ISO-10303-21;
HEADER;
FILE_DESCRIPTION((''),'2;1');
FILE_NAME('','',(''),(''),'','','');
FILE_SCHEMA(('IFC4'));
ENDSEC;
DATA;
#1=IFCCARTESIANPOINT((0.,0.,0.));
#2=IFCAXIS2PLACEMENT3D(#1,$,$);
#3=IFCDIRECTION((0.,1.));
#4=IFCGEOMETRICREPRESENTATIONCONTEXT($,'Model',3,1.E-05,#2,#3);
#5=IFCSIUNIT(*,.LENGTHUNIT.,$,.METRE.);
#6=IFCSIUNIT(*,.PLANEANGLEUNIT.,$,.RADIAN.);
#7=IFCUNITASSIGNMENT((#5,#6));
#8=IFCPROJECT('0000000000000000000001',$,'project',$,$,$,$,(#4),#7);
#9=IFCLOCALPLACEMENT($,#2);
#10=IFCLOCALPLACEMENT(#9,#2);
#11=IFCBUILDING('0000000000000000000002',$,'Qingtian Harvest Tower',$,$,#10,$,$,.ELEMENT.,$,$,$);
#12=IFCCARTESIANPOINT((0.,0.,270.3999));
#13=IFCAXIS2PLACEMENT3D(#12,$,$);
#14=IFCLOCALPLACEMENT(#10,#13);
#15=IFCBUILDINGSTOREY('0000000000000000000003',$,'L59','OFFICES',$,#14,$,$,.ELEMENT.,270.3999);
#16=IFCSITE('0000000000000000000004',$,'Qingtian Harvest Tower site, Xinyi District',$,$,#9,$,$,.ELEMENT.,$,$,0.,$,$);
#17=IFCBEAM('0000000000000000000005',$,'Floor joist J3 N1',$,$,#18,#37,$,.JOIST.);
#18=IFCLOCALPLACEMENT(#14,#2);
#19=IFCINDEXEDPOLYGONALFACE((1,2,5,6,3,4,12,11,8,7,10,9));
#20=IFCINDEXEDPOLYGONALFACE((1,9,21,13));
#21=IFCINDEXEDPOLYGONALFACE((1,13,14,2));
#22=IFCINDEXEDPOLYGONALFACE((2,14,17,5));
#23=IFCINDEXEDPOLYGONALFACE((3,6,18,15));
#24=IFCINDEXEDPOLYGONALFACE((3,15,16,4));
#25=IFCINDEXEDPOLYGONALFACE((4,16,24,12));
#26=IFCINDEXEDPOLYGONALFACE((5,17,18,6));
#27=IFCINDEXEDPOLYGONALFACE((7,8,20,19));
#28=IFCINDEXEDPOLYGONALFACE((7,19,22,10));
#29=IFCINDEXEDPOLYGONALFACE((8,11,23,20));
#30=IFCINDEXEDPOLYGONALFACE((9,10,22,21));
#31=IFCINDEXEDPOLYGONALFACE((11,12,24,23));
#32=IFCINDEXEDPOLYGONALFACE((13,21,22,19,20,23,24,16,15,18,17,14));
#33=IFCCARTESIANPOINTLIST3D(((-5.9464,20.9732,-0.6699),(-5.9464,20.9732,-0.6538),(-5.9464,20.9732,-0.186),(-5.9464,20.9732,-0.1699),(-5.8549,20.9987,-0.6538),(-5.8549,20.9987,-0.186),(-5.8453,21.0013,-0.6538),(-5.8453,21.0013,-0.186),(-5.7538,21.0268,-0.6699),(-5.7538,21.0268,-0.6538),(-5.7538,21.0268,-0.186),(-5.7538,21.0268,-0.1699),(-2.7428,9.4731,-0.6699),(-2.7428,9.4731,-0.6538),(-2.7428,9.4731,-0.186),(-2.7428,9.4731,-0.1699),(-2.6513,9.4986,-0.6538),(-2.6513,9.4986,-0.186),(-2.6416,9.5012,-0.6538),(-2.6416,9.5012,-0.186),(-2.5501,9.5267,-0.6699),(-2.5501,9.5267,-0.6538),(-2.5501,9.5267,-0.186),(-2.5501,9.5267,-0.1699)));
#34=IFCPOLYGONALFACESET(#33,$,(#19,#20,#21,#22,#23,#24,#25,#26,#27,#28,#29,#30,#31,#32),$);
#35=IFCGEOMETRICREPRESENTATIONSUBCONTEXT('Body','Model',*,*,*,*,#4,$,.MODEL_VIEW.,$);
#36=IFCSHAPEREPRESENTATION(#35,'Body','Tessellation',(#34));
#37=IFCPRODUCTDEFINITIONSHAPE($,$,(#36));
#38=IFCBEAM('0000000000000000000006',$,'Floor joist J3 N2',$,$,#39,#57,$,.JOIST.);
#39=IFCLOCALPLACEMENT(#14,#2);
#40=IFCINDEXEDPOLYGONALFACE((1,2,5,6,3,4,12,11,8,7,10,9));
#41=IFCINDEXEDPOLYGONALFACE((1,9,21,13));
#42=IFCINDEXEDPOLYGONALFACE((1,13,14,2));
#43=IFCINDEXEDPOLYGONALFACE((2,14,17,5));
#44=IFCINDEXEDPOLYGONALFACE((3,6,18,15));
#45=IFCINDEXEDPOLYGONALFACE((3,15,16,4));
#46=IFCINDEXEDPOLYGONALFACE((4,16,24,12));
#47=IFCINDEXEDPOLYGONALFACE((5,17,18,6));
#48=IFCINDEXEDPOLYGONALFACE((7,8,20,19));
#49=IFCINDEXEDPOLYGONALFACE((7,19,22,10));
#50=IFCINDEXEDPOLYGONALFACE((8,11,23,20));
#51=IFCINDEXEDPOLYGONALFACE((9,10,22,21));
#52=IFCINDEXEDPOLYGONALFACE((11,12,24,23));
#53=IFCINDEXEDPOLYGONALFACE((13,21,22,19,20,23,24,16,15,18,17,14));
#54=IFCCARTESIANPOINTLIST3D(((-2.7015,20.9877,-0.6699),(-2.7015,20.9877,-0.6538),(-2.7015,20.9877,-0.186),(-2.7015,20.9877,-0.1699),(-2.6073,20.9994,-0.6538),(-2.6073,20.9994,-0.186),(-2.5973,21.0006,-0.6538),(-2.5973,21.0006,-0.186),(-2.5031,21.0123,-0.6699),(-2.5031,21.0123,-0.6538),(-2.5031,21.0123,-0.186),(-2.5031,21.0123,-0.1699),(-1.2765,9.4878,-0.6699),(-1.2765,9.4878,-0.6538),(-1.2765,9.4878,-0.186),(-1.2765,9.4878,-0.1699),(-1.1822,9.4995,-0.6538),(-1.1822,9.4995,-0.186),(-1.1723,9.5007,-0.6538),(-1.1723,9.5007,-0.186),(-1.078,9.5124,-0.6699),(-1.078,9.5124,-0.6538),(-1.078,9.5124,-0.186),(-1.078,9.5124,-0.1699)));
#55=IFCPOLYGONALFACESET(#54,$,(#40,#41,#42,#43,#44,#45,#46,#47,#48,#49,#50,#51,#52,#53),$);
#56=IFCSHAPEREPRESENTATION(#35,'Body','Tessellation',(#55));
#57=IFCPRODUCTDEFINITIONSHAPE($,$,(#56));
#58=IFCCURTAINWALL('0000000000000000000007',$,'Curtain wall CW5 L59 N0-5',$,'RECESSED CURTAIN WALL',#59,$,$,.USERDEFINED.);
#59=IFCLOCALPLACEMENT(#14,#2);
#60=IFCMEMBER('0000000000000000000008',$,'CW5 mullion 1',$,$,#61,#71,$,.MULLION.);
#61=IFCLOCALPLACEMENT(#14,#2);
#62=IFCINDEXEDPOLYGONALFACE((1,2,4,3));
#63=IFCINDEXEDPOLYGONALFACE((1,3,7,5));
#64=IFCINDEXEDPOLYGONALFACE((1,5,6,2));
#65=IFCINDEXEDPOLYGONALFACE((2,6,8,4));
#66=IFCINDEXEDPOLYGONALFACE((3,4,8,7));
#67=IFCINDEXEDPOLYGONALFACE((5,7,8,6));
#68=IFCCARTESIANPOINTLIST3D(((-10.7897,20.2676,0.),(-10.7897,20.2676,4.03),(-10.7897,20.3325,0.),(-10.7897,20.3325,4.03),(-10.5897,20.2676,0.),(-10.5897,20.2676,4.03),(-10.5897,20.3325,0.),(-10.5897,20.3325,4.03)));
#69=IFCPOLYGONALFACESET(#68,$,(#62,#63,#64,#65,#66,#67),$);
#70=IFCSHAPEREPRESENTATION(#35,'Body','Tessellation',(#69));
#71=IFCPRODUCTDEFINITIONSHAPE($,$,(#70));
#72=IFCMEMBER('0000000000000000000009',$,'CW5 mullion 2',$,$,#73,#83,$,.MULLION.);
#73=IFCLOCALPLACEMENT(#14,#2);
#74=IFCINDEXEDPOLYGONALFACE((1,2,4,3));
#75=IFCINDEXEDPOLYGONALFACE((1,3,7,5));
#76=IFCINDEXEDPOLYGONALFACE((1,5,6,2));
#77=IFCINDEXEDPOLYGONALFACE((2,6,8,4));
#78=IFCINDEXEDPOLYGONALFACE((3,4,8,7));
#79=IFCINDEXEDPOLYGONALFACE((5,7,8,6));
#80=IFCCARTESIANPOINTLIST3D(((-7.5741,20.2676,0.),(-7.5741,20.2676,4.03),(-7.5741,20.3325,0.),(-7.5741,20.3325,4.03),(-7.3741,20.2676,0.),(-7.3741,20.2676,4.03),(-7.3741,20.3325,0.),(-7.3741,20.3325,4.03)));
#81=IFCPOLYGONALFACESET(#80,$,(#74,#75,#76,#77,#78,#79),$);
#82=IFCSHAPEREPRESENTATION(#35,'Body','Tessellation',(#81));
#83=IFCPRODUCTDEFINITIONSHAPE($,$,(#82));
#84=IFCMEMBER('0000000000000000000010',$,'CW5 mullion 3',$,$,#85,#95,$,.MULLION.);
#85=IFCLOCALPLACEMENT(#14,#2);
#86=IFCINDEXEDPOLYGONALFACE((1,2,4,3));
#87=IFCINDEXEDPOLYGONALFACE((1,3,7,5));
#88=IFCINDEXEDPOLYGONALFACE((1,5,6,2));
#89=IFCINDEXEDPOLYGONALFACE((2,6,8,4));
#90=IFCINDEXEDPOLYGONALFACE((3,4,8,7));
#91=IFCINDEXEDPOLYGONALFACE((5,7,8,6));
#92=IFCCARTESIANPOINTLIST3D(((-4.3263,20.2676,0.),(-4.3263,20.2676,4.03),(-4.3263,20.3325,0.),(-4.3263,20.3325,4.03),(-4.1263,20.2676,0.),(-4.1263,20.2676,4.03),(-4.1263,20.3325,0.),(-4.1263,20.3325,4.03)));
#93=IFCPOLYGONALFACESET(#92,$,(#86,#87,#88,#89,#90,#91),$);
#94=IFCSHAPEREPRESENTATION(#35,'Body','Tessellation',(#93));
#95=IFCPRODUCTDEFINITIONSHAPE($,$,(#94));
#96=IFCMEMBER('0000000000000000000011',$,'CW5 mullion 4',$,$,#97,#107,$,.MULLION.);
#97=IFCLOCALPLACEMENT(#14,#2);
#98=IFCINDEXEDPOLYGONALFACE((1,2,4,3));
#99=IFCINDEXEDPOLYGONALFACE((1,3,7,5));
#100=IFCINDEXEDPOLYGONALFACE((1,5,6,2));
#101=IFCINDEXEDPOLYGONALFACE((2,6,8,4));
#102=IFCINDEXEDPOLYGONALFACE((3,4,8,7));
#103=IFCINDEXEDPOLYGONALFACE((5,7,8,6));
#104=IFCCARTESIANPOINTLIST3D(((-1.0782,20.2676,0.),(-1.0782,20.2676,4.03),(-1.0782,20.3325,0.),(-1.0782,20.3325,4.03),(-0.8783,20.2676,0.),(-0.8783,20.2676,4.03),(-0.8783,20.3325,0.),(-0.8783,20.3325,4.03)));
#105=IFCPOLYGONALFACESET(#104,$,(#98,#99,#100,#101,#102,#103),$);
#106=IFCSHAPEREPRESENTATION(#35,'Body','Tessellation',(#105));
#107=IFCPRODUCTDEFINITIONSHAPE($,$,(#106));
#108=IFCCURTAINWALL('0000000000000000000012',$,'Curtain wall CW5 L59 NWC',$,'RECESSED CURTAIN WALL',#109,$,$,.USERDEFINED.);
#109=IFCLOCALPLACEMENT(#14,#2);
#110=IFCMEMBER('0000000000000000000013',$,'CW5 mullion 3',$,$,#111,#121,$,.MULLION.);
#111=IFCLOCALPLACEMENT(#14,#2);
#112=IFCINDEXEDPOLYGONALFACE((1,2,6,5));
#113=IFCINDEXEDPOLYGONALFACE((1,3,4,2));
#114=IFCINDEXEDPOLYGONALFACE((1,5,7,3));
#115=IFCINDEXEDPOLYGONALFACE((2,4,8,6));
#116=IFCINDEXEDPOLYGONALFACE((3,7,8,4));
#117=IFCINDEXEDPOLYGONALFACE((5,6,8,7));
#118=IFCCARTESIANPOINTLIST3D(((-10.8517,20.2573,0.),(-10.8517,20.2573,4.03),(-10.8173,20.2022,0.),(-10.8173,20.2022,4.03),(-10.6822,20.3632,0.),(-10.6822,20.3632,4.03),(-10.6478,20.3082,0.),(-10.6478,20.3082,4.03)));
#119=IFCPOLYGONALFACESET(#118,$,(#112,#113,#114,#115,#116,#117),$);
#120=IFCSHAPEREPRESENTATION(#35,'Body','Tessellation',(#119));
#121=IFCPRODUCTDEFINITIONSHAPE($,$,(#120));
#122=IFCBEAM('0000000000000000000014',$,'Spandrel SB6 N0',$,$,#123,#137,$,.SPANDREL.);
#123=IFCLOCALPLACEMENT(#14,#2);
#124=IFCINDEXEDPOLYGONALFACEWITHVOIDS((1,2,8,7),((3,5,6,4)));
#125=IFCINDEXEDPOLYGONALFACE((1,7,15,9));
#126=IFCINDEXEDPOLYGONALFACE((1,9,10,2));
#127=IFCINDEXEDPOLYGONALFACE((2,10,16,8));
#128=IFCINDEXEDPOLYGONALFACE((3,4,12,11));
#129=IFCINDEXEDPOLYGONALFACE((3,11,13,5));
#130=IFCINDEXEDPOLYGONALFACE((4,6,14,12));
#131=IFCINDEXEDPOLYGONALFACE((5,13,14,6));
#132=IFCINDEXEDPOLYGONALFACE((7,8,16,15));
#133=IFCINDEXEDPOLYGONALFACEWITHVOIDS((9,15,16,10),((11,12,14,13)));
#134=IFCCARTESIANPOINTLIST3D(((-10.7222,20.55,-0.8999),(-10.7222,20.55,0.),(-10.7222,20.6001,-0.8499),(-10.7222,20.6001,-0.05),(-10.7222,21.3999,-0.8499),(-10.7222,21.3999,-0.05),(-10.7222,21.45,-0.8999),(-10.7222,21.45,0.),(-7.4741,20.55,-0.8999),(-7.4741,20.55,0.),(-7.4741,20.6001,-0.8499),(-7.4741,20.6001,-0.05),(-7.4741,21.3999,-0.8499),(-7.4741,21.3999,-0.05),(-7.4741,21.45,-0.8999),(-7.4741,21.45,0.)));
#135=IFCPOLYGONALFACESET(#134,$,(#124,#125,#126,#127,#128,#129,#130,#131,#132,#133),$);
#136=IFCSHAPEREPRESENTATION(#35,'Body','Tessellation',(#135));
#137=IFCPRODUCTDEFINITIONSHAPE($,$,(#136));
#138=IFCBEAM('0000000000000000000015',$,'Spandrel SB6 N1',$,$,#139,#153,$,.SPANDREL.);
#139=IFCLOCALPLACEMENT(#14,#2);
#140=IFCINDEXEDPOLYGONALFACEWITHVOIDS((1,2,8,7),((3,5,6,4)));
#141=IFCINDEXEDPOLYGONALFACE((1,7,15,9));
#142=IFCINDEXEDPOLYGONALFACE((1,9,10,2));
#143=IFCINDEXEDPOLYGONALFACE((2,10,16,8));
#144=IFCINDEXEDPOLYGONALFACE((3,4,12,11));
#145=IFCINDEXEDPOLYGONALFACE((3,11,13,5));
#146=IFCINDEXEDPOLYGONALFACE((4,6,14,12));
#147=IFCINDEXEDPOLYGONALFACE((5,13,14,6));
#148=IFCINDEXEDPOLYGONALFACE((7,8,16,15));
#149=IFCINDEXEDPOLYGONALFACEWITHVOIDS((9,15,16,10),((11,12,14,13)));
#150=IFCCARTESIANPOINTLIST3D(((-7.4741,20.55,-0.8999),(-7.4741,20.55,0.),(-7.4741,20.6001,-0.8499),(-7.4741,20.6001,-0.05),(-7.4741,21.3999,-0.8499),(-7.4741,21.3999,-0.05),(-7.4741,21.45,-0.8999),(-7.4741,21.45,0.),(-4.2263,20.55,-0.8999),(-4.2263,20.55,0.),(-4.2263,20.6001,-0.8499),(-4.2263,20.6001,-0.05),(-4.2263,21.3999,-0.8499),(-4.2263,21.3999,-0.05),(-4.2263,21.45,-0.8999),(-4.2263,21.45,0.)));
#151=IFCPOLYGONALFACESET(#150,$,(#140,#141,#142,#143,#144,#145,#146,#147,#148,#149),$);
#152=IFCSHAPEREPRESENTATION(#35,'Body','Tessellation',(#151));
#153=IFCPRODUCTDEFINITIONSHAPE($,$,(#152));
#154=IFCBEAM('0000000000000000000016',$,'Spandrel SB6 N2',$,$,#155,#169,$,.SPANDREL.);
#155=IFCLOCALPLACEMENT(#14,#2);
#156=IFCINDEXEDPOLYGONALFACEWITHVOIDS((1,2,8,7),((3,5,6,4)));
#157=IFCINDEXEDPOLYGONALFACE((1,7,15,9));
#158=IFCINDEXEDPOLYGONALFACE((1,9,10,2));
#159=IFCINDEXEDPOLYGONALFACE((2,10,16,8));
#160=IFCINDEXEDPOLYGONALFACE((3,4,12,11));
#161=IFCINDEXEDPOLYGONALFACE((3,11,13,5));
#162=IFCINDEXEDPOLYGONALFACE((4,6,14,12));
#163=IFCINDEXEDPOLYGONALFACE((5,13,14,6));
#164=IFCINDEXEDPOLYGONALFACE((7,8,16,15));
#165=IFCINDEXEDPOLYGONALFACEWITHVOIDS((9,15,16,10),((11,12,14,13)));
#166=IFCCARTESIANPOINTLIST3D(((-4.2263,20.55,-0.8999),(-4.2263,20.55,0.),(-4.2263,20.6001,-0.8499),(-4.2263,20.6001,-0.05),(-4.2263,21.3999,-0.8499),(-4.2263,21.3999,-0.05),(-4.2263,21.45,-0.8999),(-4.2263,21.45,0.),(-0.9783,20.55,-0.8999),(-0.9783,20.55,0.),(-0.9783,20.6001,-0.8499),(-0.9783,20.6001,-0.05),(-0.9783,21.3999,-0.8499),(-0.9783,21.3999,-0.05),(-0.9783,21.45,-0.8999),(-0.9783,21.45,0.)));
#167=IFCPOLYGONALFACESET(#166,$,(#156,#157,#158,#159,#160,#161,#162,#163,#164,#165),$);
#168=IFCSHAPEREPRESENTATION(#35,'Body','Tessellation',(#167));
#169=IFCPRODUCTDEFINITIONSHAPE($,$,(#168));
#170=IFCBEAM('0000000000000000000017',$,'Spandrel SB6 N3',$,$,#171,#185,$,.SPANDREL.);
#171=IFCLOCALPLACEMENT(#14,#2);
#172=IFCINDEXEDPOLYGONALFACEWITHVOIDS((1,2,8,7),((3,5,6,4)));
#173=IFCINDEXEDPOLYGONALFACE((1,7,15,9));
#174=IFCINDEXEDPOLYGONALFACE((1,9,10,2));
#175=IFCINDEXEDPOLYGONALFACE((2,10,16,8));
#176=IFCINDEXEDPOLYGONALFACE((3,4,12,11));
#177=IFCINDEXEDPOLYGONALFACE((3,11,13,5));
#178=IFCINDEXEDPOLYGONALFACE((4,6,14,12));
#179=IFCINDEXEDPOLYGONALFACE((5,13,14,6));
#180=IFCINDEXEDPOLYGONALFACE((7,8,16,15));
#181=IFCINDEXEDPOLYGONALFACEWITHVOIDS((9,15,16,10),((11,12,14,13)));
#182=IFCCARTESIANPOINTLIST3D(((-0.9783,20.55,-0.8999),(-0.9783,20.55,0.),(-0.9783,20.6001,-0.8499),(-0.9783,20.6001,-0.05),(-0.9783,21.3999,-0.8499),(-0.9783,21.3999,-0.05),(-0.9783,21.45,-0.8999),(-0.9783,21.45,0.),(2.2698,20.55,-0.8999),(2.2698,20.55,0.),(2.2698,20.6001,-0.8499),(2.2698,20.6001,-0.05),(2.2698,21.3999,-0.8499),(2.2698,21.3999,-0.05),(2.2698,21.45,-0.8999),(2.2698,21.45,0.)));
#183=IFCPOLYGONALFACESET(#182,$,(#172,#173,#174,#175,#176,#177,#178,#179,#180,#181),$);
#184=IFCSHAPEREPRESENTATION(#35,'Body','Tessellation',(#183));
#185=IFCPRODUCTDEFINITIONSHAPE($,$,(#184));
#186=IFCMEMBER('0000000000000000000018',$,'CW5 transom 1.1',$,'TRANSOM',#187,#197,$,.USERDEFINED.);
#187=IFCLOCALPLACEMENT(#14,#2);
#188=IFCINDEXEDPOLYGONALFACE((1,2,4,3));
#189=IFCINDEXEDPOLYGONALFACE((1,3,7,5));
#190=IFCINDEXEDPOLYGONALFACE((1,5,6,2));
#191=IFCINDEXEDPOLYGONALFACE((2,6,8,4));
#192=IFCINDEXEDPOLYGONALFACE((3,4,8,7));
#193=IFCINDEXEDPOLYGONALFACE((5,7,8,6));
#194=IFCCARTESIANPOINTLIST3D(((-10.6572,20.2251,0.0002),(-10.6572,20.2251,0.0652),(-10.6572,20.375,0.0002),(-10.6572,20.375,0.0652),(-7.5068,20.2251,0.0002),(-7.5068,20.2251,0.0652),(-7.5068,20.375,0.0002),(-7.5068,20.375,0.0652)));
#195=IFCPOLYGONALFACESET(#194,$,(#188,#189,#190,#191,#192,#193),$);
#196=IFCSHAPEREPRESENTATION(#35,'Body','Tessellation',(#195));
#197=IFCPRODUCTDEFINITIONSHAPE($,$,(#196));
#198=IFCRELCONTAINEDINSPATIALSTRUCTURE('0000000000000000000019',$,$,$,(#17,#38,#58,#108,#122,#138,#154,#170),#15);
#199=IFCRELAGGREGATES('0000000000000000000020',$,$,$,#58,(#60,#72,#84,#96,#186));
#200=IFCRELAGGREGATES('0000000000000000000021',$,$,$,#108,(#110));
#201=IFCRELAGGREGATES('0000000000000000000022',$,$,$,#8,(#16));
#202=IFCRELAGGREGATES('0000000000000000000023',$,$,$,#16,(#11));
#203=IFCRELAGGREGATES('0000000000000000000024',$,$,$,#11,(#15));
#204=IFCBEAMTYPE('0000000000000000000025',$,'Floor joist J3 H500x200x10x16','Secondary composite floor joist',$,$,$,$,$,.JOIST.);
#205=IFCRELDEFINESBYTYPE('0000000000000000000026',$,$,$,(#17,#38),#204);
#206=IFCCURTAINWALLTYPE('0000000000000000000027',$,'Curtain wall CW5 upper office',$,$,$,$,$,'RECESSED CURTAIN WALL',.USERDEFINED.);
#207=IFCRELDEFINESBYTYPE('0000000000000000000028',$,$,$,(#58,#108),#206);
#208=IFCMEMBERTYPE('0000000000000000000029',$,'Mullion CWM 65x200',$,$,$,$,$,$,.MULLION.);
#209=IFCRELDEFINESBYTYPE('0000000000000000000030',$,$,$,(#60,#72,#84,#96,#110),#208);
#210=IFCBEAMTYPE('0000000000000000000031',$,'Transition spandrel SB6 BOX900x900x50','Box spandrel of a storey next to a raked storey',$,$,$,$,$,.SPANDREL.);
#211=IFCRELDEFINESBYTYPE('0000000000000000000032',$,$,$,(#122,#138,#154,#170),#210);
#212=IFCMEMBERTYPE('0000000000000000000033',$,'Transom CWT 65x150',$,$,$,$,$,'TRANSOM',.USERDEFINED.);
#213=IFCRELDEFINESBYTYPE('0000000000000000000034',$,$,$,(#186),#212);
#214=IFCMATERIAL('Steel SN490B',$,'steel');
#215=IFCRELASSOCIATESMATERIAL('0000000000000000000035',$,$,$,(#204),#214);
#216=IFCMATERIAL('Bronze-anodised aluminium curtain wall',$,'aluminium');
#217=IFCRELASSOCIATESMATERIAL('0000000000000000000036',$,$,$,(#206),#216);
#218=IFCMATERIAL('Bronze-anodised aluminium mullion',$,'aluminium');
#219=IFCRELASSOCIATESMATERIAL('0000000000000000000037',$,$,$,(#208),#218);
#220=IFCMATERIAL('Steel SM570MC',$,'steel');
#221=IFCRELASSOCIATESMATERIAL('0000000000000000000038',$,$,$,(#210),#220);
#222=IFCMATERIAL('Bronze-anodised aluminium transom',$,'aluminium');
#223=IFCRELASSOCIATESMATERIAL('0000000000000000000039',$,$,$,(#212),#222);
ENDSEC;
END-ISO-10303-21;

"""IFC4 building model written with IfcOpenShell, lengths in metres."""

from ifc_helpers import new_model, si_unit, direction, frame, origin, origin_2d, place, context, subcontext, project, spatial, rectangle, hollow_rectangle, i_section, extrude, material, material_profile, profile_set, type_object, element, aggregate, save


model = new_model("IFC4")

# Units and contexts
model_context = context("Model", 3, precision=1e-05, world=origin(), true_north=direction((0.0, 1.0)))
body_context = subcontext(model_context, "Body", "Model", "MODEL_VIEW")
ifc_project = project(units=[si_unit("LENGTHUNIT", "METRE"), si_unit("PLANEANGLEUNIT", "RADIAN")], contexts=[model_context])

# Site, building, storey
site_placement = place(None, origin())
site = spatial("IfcSite", under=ifc_project, at=site_placement, Name="Qingtian Harvest Tower site, Xinyi District", CompositionType="ELEMENT", RefElevation=0.0)
building_placement = place(site_placement, origin())
building = spatial("IfcBuilding", under=site, at=building_placement, Name="Qingtian Harvest Tower", CompositionType="ELEMENT")
storey_placement = place(building_placement, frame((0.0, 0.0, 270.3999)))
storey = spatial("IfcBuildingStorey", under=building, at=storey_placement, Name="L59", Description="OFFICES", CompositionType="ELEMENT", Elevation=270.3999)

# Beams
ifc_material_1 = material(Name="Steel SN490B", Category="steel")
ifc_material_profile_1 = material_profile(ifc_material_1, i_section(OverallWidth=0.2, OverallDepth=0.5, WebThickness=0.01, FlangeThickness=0.0161, at=origin_2d()), Name="H500x200x10x16")
ifc_profile_set_1 = profile_set([ifc_material_profile_1], Name="Steel SN490B")
beam_type_1 = type_object("IfcBeamType", Name="Floor joist J3 H500x200x10x16", Description="Secondary composite floor joist", PredefinedType="JOIST", material=ifc_profile_set_1)
beam_1_placement = place(storey_placement, frame((-5.8501, 21.0, -0.4199), z_axis=(0.268357, -0.96332, 0.0), x_axis=(0.96332, 0.268357, 0.0)))
element("IfcBeam", 1, at=beam_1_placement, inside=storey, type_object=beam_type_1, Name="Floor joist J3 N1", PredefinedType="JOIST", context=body_context, shape_type="SweptSolid", body=[
    extrude(i_section(OverallWidth=0.2, OverallDepth=0.5, WebThickness=0.01, FlangeThickness=0.0161, at=origin_2d()), origin(), (0.0, 0.0, 1.0), 11.938),
])
beam_2_placement = place(storey_placement, frame((-2.6023, 21.0, -0.4199), z_axis=(0.122977, -0.99241, 0.0), x_axis=(0.99241, 0.122977, 0.0)))
element("IfcBeam", 2, at=beam_2_placement, inside=storey, type_object=beam_type_1, Name="Floor joist J3 N2", PredefinedType="JOIST", context=body_context, shape_type="SweptSolid", body=[
    extrude(i_section(OverallWidth=0.2, OverallDepth=0.5, WebThickness=0.01, FlangeThickness=0.0161, at=origin_2d()), origin(), (0.0, 0.0, 1.0), 11.5879),
])

# Curtain wall, members
ifc_material_2 = material(Name="Bronze-anodised aluminium curtain wall", Category="aluminium")
curtain_wall_type = type_object("IfcCurtainWallType", Name="Curtain wall CW5 upper office", ElementType="RECESSED CURTAIN WALL", PredefinedType="USERDEFINED", material=ifc_material_2)
curtain_wall_1_placement = place(storey_placement, origin())
curtain_wall_1 = element("IfcCurtainWall", 3, at=curtain_wall_1_placement, inside=storey, type_object=curtain_wall_type, Name="Curtain wall CW5 L59 N0-5", ObjectType="RECESSED CURTAIN WALL", PredefinedType="USERDEFINED")
ifc_material_3 = material(Name="Bronze-anodised aluminium mullion", Category="aluminium")
ifc_material_profile_2 = material_profile(ifc_material_3, rectangle(XDim=0.0649, YDim=0.2, at=origin_2d()), Name="AL 65x200")
ifc_profile_set_2 = profile_set([ifc_material_profile_2], Name="Bronze-anodised aluminium mullion")
member_type_1 = type_object("IfcMemberType", Name="Mullion CWM 65x200", PredefinedType="MULLION", material=ifc_profile_set_2)
member_1_placement = place(storey_placement, frame((-10.6897, 20.3, 0.0), z_axis=(0.0, 0.0, 1.0), x_axis=(0.0, 1.0, 0.0)))
member_1 = element("IfcMember", 4, at=member_1_placement, type_object=member_type_1, Name="CW5 mullion 1", PredefinedType="MULLION", context=body_context, shape_type="SweptSolid", body=[
    extrude(rectangle(XDim=0.0649, YDim=0.2, at=origin_2d()), origin(), (0.0, 0.0, 1.0), 4.03),
])
member_2_placement = place(storey_placement, frame((-7.4741, 20.3, 0.0), z_axis=(0.0, 0.0, 1.0), x_axis=(0.0, 1.0, 0.0)))
member_2 = element("IfcMember", 5, at=member_2_placement, type_object=member_type_1, Name="CW5 mullion 2", PredefinedType="MULLION", context=body_context, shape_type="SweptSolid", body=[
    extrude(rectangle(XDim=0.0649, YDim=0.2, at=origin_2d()), origin(), (0.0, 0.0, 1.0), 4.03),
])
member_3_placement = place(storey_placement, frame((-4.2263, 20.3, 0.0), z_axis=(0.0, 0.0, 1.0), x_axis=(0.0, 1.0, 0.0)))
member_3 = element("IfcMember", 6, at=member_3_placement, type_object=member_type_1, Name="CW5 mullion 3", PredefinedType="MULLION", context=body_context, shape_type="SweptSolid", body=[
    extrude(rectangle(XDim=0.0649, YDim=0.2, at=origin_2d()), origin(), (0.0, 0.0, 1.0), 4.03),
])
member_4_placement = place(storey_placement, frame((-0.9783, 20.3, 0.0), z_axis=(0.0, 0.0, 1.0), x_axis=(0.0, 1.0, 0.0)))
member_4 = element("IfcMember", 7, at=member_4_placement, type_object=member_type_1, Name="CW5 mullion 4", PredefinedType="MULLION", context=body_context, shape_type="SweptSolid", body=[
    extrude(rectangle(XDim=0.0649, YDim=0.2, at=origin_2d()), origin(), (0.0, 0.0, 1.0), 4.03),
])

# Curtain wall, member
curtain_wall_2_placement = place(storey_placement, origin())
curtain_wall_2 = element("IfcCurtainWall", 8, at=curtain_wall_2_placement, inside=storey, type_object=curtain_wall_type, Name="Curtain wall CW5 L59 NWC", ObjectType="RECESSED CURTAIN WALL", PredefinedType="USERDEFINED")
member_5_placement = place(storey_placement, frame((-10.7498, 20.2827, 0.0), z_axis=(0.0, 0.0, 1.0), x_axis=(-0.529919, 0.848048, 0.0)))
member_5 = element("IfcMember", 9, at=member_5_placement, type_object=member_type_1, Name="CW5 mullion 3", PredefinedType="MULLION", context=body_context, shape_type="SweptSolid", body=[
    extrude(rectangle(XDim=0.0649, YDim=0.2, at=origin_2d()), origin(), (0.0, 0.0, 1.0), 4.03),
])

# Beams
ifc_material_4 = material(Name="Steel SM570MC", Category="steel")
ifc_material_profile_3 = material_profile(ifc_material_4, hollow_rectangle(XDim=0.8999, YDim=0.8999, WallThickness=0.05, at=origin_2d()), Name="BOX900x900x50")
ifc_profile_set_3 = profile_set([ifc_material_profile_3], Name="Steel SM570MC")
beam_type_2 = type_object("IfcBeamType", Name="Transition spandrel SB6 BOX900x900x50", Description="Box spandrel of a storey next to a raked storey", PredefinedType="SPANDREL", material=ifc_profile_set_3)
beam_3_placement = place(storey_placement, frame((-10.7222, 21.0, -0.45), z_axis=(1.0, 0.0, 0.0), x_axis=(0.0, 1.0, 0.0)))
element("IfcBeam", 10, at=beam_3_placement, inside=storey, type_object=beam_type_2, Name="Spandrel SB6 N0", PredefinedType="SPANDREL", context=body_context, shape_type="SweptSolid", body=[
    extrude(hollow_rectangle(XDim=0.8999, YDim=0.8999, WallThickness=0.05, at=origin_2d()), origin(), (0.0, 0.0, 1.0), 3.248),
])
beam_4_placement = place(storey_placement, frame((-7.4741, 21.0, -0.45), z_axis=(1.0, 0.0, 0.0), x_axis=(0.0, 1.0, 0.0)))
element("IfcBeam", 11, at=beam_4_placement, inside=storey, type_object=beam_type_2, Name="Spandrel SB6 N1", PredefinedType="SPANDREL", context=body_context, shape_type="SweptSolid", body=[
    extrude(hollow_rectangle(XDim=0.8999, YDim=0.8999, WallThickness=0.05, at=origin_2d()), origin(), (0.0, 0.0, 1.0), 3.2478),
])
for number, where, z_axis, x_axis, name in (
    (12, (-4.2263, 21.0, -0.45), (1.0, 0.0, 0.0), (0.0, 1.0, 0.0), "Spandrel SB6 N2"),
    (13, (-0.9783, 21.0, -0.45), (1.0, 0.0, 0.0), (0.0, 1.0, 0.0), "Spandrel SB6 N3"),
):
    element("IfcBeam", number, at=place(storey_placement, frame(where, z_axis=z_axis, x_axis=x_axis)), inside=storey, type_object=beam_type_2, Name=name, PredefinedType="SPANDREL", context=body_context, shape_type="SweptSolid", body=[
        extrude(hollow_rectangle(XDim=0.8999, YDim=0.8999, WallThickness=0.05, at=origin_2d()), origin(), (0.0, 0.0, 1.0), 3.248),
    ])

# Member
ifc_material_5 = material(Name="Bronze-anodised aluminium transom", Category="aluminium")
ifc_material_profile_4 = material_profile(ifc_material_5, rectangle(XDim=0.1499, YDim=0.0649, at=origin_2d()), Name="AL 65x150")
ifc_profile_set_4 = profile_set([ifc_material_profile_4], Name="Bronze-anodised aluminium transom")
member_type_2 = type_object("IfcMemberType", Name="Transom CWT 65x150", ElementType="TRANSOM", PredefinedType="USERDEFINED", material=ifc_profile_set_4)
member_6_placement = place(storey_placement, frame((-10.6572, 20.3, 0.0327), z_axis=(1.0, 0.0, 0.0), x_axis=(0.0, 1.0, 0.0)))
member_6 = element("IfcMember", 14, at=member_6_placement, type_object=member_type_2, Name="CW5 transom 1.1", ObjectType="TRANSOM", PredefinedType="USERDEFINED", context=body_context, shape_type="SweptSolid", body=[
    extrude(rectangle(XDim=0.1499, YDim=0.0649, at=origin_2d()), origin(), (0.0, 0.0, 1.0), 3.1504),
])

aggregate(curtain_wall_1, [member_1, member_2, member_3, member_4, member_6])
aggregate(curtain_wall_2, [member_5])

save(model, "model.ifc")
